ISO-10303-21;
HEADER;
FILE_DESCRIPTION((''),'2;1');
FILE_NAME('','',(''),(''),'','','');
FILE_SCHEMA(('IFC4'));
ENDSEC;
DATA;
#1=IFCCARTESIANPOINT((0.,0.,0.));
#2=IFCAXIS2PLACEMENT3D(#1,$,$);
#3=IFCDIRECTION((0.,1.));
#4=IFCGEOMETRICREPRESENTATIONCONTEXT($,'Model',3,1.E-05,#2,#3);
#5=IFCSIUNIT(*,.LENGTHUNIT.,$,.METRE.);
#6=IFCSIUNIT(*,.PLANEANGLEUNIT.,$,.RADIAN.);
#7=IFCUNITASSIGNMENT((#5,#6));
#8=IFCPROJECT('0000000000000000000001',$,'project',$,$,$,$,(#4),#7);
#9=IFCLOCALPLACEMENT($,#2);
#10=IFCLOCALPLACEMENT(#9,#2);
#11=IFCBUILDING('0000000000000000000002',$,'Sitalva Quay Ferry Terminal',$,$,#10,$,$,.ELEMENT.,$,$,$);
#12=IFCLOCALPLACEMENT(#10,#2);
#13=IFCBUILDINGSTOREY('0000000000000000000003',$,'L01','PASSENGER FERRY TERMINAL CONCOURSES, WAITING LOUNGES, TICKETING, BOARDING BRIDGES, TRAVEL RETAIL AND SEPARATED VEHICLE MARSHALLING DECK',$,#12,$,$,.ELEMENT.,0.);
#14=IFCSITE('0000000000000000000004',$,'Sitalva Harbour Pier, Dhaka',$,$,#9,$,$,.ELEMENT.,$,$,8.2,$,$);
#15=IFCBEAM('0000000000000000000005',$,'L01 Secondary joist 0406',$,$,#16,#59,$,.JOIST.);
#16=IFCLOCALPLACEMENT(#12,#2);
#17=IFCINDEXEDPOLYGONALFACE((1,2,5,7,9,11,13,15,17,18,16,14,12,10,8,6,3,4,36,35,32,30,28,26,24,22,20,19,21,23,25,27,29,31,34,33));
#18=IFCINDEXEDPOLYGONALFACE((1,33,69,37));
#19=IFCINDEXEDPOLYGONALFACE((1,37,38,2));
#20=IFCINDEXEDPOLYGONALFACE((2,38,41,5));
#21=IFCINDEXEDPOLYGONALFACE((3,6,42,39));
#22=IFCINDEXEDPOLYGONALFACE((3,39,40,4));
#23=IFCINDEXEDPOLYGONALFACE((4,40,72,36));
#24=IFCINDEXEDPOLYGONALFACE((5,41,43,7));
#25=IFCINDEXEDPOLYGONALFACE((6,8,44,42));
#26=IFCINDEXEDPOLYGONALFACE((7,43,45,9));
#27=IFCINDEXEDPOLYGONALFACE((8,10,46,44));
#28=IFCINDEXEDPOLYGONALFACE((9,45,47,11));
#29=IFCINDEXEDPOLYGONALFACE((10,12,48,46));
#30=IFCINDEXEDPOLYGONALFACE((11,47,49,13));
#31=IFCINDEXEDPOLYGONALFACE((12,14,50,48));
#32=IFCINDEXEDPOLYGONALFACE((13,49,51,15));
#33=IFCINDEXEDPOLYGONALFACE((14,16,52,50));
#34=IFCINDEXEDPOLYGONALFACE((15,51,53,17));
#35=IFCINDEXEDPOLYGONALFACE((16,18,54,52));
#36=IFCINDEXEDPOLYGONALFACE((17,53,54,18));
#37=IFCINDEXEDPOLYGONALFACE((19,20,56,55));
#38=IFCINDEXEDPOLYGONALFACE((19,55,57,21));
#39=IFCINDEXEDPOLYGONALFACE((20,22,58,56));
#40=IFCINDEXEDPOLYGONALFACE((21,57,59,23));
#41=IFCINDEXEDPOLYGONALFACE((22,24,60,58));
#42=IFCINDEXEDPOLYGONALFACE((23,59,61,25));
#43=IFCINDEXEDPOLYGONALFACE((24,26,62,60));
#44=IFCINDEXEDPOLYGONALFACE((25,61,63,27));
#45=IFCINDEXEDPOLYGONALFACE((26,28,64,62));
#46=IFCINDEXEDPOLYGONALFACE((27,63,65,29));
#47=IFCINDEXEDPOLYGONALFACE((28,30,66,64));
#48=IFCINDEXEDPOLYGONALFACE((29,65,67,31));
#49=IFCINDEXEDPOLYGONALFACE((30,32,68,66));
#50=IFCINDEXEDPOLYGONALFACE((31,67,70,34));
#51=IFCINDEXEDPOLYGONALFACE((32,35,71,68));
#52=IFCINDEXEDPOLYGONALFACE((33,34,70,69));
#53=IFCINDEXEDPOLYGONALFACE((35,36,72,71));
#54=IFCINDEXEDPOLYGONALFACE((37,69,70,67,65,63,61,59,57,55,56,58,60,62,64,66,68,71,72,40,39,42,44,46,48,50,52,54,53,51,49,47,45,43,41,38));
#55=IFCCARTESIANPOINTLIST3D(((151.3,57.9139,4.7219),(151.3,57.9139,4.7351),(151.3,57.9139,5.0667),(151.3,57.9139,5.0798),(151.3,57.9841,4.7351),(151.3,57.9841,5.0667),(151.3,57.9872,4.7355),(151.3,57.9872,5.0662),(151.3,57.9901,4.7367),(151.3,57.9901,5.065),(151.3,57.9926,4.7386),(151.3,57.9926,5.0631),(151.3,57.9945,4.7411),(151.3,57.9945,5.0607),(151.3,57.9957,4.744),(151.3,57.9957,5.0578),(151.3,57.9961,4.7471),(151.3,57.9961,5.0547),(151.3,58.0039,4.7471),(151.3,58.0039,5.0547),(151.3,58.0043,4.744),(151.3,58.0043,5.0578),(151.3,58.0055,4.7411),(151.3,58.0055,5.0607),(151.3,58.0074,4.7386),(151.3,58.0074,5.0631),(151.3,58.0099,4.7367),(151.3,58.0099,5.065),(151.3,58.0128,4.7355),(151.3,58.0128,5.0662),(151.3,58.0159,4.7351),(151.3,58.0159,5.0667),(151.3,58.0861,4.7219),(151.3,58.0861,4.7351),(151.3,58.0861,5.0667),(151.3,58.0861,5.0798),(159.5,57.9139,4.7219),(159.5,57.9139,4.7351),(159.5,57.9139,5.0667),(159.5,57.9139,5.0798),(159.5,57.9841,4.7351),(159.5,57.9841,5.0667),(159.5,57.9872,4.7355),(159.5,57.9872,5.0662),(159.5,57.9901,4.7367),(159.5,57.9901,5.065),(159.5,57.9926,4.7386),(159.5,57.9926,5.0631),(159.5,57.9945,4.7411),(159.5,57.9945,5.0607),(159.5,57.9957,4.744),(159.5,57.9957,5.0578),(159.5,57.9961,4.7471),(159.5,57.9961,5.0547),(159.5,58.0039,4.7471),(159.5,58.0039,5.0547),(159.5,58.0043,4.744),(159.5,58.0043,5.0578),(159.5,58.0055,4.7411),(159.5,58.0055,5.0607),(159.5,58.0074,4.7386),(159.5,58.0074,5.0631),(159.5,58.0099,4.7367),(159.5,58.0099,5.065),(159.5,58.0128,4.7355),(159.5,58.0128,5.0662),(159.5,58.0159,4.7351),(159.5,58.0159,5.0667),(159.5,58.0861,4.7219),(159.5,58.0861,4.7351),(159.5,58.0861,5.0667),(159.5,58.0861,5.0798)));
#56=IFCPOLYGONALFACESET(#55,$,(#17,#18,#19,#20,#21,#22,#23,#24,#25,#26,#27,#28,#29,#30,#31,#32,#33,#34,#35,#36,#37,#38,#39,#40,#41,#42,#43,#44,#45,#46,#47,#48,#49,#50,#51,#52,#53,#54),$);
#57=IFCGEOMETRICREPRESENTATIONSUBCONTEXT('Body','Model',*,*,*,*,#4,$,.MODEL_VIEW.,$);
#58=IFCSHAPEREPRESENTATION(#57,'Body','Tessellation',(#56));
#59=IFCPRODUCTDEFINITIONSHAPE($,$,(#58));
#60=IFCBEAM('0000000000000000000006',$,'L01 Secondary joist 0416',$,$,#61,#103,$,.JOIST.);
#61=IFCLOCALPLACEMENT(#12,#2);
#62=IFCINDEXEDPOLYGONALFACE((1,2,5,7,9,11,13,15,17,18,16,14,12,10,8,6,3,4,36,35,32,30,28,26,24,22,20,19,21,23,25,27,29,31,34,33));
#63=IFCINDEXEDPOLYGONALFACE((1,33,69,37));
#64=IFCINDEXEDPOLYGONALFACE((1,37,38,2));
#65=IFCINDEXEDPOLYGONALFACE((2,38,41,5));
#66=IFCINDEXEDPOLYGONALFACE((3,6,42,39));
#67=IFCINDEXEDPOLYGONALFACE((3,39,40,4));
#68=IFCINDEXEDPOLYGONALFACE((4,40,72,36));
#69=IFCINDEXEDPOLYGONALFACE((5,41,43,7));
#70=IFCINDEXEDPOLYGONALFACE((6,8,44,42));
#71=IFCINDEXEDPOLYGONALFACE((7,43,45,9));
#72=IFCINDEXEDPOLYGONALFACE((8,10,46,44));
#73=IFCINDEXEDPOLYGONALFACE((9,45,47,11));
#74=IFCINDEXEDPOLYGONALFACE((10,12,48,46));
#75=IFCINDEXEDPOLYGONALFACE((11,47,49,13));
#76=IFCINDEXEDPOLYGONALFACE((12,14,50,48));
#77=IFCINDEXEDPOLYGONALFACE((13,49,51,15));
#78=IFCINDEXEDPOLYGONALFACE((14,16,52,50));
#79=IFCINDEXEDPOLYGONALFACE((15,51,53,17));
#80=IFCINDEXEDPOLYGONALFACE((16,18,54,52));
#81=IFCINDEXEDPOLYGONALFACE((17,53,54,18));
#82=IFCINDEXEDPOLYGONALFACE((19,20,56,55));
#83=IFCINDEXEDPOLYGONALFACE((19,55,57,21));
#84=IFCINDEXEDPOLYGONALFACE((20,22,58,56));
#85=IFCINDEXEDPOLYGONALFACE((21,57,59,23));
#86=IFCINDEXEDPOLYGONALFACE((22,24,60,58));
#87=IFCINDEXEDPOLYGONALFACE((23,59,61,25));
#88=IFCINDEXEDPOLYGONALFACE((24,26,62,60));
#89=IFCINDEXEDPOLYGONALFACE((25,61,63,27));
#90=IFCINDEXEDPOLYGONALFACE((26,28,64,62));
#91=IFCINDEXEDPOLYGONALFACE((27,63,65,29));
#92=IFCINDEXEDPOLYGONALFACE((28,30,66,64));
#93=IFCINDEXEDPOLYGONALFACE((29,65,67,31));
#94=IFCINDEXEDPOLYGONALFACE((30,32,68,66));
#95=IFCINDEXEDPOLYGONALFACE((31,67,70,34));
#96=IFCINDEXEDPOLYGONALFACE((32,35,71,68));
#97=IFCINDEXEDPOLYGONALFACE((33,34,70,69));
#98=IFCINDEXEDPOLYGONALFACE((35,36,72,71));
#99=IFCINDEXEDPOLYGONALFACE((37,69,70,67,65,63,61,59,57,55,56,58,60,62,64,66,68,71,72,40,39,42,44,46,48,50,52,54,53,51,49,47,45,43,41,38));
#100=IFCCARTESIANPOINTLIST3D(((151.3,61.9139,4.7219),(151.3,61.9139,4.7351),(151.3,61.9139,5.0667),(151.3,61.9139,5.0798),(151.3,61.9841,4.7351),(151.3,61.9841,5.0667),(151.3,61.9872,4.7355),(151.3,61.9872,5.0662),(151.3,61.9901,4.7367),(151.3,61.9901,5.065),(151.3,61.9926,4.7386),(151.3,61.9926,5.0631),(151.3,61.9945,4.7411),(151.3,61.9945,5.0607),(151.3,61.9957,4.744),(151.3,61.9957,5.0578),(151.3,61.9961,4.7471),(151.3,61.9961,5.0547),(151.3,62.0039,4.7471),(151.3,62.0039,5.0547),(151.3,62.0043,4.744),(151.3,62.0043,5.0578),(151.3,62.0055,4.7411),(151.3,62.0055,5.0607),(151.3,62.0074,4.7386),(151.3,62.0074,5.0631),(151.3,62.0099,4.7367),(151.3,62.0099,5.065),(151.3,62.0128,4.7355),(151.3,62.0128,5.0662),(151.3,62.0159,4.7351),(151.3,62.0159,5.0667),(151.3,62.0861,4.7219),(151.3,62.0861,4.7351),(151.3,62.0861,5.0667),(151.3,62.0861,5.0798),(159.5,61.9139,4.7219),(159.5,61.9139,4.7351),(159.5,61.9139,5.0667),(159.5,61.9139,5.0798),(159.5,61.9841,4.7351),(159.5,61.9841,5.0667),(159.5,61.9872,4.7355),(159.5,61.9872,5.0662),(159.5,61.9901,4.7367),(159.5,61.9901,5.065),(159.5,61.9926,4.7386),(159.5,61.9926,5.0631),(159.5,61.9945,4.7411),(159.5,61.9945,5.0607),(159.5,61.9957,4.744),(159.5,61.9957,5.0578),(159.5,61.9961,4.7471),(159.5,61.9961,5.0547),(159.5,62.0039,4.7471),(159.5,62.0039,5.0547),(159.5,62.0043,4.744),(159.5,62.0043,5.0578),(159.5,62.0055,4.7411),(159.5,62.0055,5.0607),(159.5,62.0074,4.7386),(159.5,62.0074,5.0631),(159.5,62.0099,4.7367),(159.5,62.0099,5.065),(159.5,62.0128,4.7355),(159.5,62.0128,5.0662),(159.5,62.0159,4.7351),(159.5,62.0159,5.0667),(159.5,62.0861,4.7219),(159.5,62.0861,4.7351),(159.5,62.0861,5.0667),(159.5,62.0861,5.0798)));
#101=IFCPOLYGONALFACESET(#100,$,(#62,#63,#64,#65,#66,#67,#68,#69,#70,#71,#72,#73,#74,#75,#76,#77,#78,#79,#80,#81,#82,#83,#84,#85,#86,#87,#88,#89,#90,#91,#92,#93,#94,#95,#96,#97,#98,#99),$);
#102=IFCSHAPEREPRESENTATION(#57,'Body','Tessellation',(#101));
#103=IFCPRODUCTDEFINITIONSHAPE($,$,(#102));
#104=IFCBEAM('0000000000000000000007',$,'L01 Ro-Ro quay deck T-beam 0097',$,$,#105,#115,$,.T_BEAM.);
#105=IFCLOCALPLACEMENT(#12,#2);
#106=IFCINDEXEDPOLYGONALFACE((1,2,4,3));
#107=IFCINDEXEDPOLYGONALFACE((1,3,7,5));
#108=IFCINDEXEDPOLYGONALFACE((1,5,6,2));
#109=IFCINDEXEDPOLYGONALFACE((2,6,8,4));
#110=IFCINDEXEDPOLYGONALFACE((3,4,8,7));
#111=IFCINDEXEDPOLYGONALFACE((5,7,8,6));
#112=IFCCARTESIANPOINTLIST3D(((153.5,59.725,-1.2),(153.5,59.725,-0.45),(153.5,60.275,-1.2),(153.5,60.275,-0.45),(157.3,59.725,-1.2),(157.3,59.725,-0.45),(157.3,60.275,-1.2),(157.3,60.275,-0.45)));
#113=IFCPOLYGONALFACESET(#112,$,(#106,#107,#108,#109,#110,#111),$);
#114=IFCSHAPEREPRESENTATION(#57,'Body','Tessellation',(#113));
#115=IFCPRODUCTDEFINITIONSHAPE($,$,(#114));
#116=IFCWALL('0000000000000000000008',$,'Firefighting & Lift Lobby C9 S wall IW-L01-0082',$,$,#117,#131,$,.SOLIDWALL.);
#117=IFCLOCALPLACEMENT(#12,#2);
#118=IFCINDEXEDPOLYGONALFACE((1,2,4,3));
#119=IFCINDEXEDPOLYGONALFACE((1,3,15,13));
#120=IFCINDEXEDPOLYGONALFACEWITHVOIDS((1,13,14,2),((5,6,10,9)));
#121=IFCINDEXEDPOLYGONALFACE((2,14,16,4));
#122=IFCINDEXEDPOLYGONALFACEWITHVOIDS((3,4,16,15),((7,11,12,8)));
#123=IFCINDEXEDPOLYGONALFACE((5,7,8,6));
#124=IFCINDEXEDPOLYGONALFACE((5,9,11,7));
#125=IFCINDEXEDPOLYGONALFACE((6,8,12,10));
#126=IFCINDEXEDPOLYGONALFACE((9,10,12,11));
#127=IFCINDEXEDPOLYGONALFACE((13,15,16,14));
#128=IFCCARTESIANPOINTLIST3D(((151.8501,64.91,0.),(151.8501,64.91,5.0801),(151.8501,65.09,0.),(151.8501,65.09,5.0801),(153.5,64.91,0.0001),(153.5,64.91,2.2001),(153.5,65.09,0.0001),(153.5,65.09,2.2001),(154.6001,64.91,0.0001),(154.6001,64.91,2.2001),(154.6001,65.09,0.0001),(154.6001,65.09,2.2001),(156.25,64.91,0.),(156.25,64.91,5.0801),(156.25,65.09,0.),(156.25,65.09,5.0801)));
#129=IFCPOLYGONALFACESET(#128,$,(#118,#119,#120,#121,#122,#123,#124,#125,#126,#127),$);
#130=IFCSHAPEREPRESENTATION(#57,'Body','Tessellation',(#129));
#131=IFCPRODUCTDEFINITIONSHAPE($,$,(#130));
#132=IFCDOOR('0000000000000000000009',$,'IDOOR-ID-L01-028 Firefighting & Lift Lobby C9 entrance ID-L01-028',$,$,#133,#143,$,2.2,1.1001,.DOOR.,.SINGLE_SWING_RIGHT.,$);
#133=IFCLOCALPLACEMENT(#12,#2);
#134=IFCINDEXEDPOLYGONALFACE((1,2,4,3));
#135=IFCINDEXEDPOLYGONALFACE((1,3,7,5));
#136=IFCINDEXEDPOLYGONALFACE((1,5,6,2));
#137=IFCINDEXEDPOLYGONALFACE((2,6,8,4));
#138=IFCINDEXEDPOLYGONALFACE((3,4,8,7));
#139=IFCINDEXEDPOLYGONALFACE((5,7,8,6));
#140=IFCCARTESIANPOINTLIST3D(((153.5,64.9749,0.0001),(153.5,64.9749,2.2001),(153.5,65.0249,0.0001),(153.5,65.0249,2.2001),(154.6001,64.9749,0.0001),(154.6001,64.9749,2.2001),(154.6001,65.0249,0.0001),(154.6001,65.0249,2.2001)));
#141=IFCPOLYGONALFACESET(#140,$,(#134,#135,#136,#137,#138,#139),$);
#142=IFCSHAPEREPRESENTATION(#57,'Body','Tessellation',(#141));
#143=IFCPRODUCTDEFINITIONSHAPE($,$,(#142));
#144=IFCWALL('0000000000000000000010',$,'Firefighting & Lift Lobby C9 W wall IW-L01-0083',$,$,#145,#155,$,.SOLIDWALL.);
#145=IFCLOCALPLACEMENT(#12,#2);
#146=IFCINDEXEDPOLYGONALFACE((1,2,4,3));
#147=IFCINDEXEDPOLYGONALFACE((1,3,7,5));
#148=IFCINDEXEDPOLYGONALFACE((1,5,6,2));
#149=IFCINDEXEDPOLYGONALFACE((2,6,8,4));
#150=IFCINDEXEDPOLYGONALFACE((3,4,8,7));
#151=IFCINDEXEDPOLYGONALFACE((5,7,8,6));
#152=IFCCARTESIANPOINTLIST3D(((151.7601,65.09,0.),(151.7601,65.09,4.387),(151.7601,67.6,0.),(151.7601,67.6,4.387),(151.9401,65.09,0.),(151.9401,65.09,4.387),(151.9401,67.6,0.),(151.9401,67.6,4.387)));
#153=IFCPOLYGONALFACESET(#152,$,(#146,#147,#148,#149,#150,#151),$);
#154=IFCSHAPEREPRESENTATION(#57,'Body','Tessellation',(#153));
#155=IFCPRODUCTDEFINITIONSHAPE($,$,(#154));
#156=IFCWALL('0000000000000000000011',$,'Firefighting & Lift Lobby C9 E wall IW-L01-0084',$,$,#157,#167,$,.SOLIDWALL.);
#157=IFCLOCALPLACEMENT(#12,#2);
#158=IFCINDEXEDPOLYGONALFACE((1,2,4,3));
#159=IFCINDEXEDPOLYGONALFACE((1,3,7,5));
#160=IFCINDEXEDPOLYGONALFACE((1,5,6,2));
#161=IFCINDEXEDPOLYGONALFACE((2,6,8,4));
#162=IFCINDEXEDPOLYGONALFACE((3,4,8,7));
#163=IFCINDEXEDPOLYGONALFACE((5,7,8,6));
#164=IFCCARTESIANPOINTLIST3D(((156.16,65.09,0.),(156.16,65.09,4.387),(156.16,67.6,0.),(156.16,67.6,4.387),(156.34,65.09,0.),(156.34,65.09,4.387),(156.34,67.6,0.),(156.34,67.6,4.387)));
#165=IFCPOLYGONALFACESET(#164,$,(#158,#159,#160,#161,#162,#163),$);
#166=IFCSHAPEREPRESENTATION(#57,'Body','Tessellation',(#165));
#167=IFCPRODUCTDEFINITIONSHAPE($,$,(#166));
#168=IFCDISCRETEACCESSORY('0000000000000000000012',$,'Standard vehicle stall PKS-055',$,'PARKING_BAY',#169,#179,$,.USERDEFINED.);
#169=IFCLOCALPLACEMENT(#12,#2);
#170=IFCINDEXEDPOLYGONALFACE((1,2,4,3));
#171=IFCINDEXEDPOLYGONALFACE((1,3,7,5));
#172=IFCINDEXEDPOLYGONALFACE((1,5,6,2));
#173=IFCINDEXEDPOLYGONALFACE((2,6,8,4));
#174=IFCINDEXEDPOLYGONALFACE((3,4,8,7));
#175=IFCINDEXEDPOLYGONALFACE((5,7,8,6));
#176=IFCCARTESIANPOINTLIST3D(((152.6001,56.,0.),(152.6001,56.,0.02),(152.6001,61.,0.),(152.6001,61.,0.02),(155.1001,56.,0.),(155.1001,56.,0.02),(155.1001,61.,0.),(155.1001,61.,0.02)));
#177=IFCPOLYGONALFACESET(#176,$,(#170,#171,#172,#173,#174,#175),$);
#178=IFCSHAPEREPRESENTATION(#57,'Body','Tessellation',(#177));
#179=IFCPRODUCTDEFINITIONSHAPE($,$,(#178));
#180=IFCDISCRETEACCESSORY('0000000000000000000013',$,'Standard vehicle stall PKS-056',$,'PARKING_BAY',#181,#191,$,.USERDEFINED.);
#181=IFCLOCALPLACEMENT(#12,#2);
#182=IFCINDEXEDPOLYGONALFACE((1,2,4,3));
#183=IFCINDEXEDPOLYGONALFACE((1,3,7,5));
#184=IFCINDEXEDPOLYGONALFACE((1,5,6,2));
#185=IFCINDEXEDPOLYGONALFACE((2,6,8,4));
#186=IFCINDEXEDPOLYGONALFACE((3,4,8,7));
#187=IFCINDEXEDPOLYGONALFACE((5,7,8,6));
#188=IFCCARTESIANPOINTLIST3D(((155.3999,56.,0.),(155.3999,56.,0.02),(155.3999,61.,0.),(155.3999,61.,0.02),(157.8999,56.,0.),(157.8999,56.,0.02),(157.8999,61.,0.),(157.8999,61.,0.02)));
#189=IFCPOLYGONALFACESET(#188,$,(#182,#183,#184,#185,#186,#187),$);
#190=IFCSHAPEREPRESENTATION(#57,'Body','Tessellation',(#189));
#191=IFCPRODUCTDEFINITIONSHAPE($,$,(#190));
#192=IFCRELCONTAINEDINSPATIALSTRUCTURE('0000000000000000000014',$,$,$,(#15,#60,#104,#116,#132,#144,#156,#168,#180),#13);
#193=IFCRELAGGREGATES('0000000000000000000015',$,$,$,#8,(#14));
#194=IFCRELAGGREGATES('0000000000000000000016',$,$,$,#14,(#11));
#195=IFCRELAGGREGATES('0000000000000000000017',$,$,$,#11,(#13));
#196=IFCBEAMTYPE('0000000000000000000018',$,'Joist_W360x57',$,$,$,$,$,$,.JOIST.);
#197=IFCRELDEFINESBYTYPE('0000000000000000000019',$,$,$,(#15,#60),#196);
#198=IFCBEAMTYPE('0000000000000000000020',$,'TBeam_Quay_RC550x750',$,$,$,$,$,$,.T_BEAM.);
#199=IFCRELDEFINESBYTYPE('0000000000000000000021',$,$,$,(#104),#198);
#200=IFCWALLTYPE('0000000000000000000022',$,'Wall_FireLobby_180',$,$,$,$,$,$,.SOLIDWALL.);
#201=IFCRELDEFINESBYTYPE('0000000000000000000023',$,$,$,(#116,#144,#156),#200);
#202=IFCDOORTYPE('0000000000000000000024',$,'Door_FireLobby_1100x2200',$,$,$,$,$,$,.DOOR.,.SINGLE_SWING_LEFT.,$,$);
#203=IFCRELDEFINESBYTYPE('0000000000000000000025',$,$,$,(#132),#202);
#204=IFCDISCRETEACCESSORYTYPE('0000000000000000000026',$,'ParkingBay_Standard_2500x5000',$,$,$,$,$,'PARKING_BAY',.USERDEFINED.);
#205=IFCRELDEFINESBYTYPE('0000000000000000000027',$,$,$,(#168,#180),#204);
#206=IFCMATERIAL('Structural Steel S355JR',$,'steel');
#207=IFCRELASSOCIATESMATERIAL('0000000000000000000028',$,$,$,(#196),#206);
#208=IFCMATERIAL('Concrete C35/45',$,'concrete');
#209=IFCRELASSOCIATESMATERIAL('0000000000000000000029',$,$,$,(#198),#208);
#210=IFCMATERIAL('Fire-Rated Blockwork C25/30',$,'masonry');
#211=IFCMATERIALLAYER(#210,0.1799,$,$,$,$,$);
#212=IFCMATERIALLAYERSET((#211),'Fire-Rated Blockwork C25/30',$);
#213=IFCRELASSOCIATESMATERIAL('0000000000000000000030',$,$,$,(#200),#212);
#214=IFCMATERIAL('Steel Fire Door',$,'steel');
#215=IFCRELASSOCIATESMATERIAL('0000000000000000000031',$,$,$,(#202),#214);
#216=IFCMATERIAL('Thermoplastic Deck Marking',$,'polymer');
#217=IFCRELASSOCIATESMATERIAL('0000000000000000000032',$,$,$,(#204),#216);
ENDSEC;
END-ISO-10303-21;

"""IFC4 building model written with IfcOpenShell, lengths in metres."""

from ifc_helpers import new_model, si_unit, direction, frame, frame_2d, origin, origin_2d, place, context, subcontext, project, spatial, rectangle, i_section, extrude, material, layer, layer_set, material_profile, profile_set, type_object, element, fill, save


model = new_model("IFC4")

# Units and contexts
model_context = context("Model", 3, precision=1e-05, world=origin(), true_north=direction((0.0, 1.0)))
body_context = subcontext(model_context, "Body", "Model", "MODEL_VIEW")
ifc_project = project(units=[si_unit("LENGTHUNIT", "METRE"), si_unit("PLANEANGLEUNIT", "RADIAN")], contexts=[model_context])

# Site, building, storey
site_placement = place(None, origin())
site = spatial("IfcSite", under=ifc_project, at=site_placement, Name="Sitalva Harbour Pier, Dhaka", CompositionType="ELEMENT", RefElevation=8.2)
building_placement = place(site_placement, origin())
building = spatial("IfcBuilding", under=site, at=building_placement, Name="Sitalva Quay Ferry Terminal", CompositionType="ELEMENT")
storey_placement = place(building_placement, origin())
storey = spatial("IfcBuildingStorey", under=building, at=storey_placement, Name="L01", Description="PASSENGER FERRY TERMINAL CONCOURSES, WAITING LOUNGES, TICKETING, BOARDING BRIDGES, TRAVEL RETAIL AND SEPARATED VEHICLE MARSHALLING DECK", CompositionType="ELEMENT", Elevation=0.0)

# Beams
ifc_material_1 = material(Name="Structural Steel S355JR", Category="steel")
ifc_material_profile_1 = material_profile(ifc_material_1, i_section(OverallWidth=0.1721, OverallDepth=0.3579, WebThickness=0.0078, FlangeThickness=0.0132, FilletRadius=0.012, at=origin_2d()), Name="W360x57")
ifc_profile_set_1 = profile_set([ifc_material_profile_1], Name="Structural Steel S355JR")
beam_type_1 = type_object("IfcBeamType", Name="Joist_W360x57", PredefinedType="JOIST", material=ifc_profile_set_1)
for number, where, z_axis, x_axis, name in (
    (1, (151.3, 58.0, 4.9009), (1.0, 0.0, 0.0), (0.0, 1.0, 0.0), "L01 Secondary joist 0406"),
    (2, (151.3, 62.0, 4.9009), (1.0, 0.0, 0.0), (0.0, 1.0, 0.0), "L01 Secondary joist 0416"),
):
    element("IfcBeam", number, at=place(storey_placement, frame(where, z_axis=z_axis, x_axis=x_axis)), inside=storey, type_object=beam_type_1, Name=name, PredefinedType="JOIST", context=body_context, shape_type="SweptSolid", body=[
        extrude(i_section(OverallWidth=0.1721, OverallDepth=0.3579, WebThickness=0.0078, FlangeThickness=0.0132, FilletRadius=0.012, at=origin_2d()), origin(), (0.0, 0.0, 1.0), 8.2),
    ])
ifc_material_2 = material(Name="Concrete C35/45", Category="concrete")
ifc_material_profile_2 = material_profile(ifc_material_2, rectangle(XDim=0.55, YDim=0.75, at=origin_2d()), Name="RC550x750")
ifc_profile_set_2 = profile_set([ifc_material_profile_2], Name="Concrete C35/45")
beam_type_2 = type_object("IfcBeamType", Name="TBeam_Quay_RC550x750", PredefinedType="T_BEAM", material=ifc_profile_set_2)
beam_1_placement = place(storey_placement, frame((153.5, 60.0, -0.825), z_axis=(1.0, 0.0, 0.0), x_axis=(0.0, 1.0, 0.0)))
element("IfcBeam", 3, at=beam_1_placement, inside=storey, type_object=beam_type_2, Name="L01 Ro-Ro quay deck T-beam 0097", PredefinedType="T_BEAM", context=body_context, shape_type="SweptSolid", body=[
    extrude(rectangle(XDim=0.55, YDim=0.75, at=origin_2d()), origin(), (0.0, 0.0, 1.0), 3.8),
])

# Wall, opening, door
ifc_material_3 = material(Name="Fire-Rated Blockwork C25/30", Category="masonry")
ifc_layer = layer(ifc_material_3, 0.1799)
ifc_layer_set = layer_set([ifc_layer], Name="Fire-Rated Blockwork C25/30")
wall_type = type_object("IfcWallType", Name="Wall_FireLobby_180", PredefinedType="SOLIDWALL", material=ifc_layer_set)
wall_placement = place(storey_placement, frame((151.8501, 65.0, 0.0), z_axis=(0.0, 0.0, 1.0), x_axis=(1.0, 0.0, 0.0)))
wall = element("IfcWall", 4, at=wall_placement, inside=storey, type_object=wall_type, Name="Firefighting & Lift Lobby C9 S wall IW-L01-0082", PredefinedType="SOLIDWALL", context=body_context, shape_type="SweptSolid", body=[
    extrude(rectangle(XDim=4.3999, YDim=0.1799, at=frame_2d((2.2, 0.0))), origin(), (0.0, 0.0, 1.0), 5.0801),
])
opening_placement = place(wall_placement, frame((1.6499, 0.0, 0.0)))
opening = element("IfcOpeningElement", 5, at=opening_placement, cuts=wall, PredefinedType="OPENING", context=body_context, shape_type="SweptSolid", body=[
    extrude(rectangle(XDim=1.1001, YDim=2.2, at=frame_2d((0.55, 1.1001))), frame((0.0, 0.0999, 0.0), z_axis=(0.0, -1.0, 0.0), x_axis=(1.0, 0.0, 0.0)), (0.0, 0.0, 1.0), 0.2),
])
ifc_material_4 = material(Name="Steel Fire Door", Category="steel")
door_type = type_object("IfcDoorType", Name="Door_FireLobby_1100x2200", OperationType="SINGLE_SWING_LEFT", PredefinedType="DOOR", material=ifc_material_4)
door_placement = place(opening_placement, origin())
door = element("IfcDoor", 6, at=door_placement, inside=storey, type_object=door_type, Name="IDOOR-ID-L01-028 Firefighting & Lift Lobby C9 entrance ID-L01-028", OperationType="SINGLE_SWING_RIGHT", OverallHeight=2.2, OverallWidth=1.1001, PredefinedType="DOOR", context=body_context, shape_type="SweptSolid", body=[
    extrude(rectangle(XDim=1.1001, YDim=2.2, at=frame_2d((0.55, 1.1001))), frame((0.0, 0.0249, 0.0), z_axis=(0.0, -1.0, 0.0), x_axis=(1.0, 0.0, 0.0)), (0.0, 0.0, 1.0), 0.05),
])
fill(opening, door)

# Walls
for number, where, z_axis, x_axis, name in (
    (7, (151.8501, 65.0901, 0.0), (0.0, 0.0, 1.0), (0.0, 1.0, 0.0), "Firefighting & Lift Lobby C9 W wall IW-L01-0083"),
    (8, (156.25, 65.0901, 0.0), (0.0, 0.0, 1.0), (0.0, 1.0, 0.0), "Firefighting & Lift Lobby C9 E wall IW-L01-0084"),
):
    element("IfcWall", number, at=place(storey_placement, frame(where, z_axis=z_axis, x_axis=x_axis)), inside=storey, type_object=wall_type, Name=name, PredefinedType="SOLIDWALL", context=body_context, shape_type="SweptSolid", body=[
        extrude(rectangle(XDim=2.51, YDim=0.1799, at=frame_2d((1.2549, 0.0))), origin(), (0.0, 0.0, 1.0), 4.387),
    ])

# Discrete accessories
ifc_material_5 = material(Name="Thermoplastic Deck Marking", Category="polymer")
discrete_accessory_type_1 = type_object("IfcDiscreteAccessoryType", Name="ParkingBay_Standard_2500x5000", ElementType="PARKING_BAY", PredefinedType="USERDEFINED", material=ifc_material_5)
for number, where, z_axis, x_axis, name in (
    (9, (153.8501, 58.5, 0.0), (0.0, 0.0, 1.0), (1.0, 0.0, 0.0), "Standard vehicle stall PKS-055"),
    (10, (156.6499, 58.5, 0.0), (0.0, 0.0, 1.0), (1.0, 0.0, 0.0), "Standard vehicle stall PKS-056"),
):
    element("IfcDiscreteAccessory", number, at=place(storey_placement, frame(where, z_axis=z_axis, x_axis=x_axis)), inside=storey, type_object=discrete_accessory_type_1, Name=name, ObjectType="PARKING_BAY", PredefinedType="USERDEFINED", context=body_context, shape_type="SweptSolid", body=[
        extrude(rectangle(XDim=2.5, YDim=5.0, at=origin_2d()), origin(), (0.0, 0.0, 1.0), 0.02),
    ])

save(model, "model.ifc")
